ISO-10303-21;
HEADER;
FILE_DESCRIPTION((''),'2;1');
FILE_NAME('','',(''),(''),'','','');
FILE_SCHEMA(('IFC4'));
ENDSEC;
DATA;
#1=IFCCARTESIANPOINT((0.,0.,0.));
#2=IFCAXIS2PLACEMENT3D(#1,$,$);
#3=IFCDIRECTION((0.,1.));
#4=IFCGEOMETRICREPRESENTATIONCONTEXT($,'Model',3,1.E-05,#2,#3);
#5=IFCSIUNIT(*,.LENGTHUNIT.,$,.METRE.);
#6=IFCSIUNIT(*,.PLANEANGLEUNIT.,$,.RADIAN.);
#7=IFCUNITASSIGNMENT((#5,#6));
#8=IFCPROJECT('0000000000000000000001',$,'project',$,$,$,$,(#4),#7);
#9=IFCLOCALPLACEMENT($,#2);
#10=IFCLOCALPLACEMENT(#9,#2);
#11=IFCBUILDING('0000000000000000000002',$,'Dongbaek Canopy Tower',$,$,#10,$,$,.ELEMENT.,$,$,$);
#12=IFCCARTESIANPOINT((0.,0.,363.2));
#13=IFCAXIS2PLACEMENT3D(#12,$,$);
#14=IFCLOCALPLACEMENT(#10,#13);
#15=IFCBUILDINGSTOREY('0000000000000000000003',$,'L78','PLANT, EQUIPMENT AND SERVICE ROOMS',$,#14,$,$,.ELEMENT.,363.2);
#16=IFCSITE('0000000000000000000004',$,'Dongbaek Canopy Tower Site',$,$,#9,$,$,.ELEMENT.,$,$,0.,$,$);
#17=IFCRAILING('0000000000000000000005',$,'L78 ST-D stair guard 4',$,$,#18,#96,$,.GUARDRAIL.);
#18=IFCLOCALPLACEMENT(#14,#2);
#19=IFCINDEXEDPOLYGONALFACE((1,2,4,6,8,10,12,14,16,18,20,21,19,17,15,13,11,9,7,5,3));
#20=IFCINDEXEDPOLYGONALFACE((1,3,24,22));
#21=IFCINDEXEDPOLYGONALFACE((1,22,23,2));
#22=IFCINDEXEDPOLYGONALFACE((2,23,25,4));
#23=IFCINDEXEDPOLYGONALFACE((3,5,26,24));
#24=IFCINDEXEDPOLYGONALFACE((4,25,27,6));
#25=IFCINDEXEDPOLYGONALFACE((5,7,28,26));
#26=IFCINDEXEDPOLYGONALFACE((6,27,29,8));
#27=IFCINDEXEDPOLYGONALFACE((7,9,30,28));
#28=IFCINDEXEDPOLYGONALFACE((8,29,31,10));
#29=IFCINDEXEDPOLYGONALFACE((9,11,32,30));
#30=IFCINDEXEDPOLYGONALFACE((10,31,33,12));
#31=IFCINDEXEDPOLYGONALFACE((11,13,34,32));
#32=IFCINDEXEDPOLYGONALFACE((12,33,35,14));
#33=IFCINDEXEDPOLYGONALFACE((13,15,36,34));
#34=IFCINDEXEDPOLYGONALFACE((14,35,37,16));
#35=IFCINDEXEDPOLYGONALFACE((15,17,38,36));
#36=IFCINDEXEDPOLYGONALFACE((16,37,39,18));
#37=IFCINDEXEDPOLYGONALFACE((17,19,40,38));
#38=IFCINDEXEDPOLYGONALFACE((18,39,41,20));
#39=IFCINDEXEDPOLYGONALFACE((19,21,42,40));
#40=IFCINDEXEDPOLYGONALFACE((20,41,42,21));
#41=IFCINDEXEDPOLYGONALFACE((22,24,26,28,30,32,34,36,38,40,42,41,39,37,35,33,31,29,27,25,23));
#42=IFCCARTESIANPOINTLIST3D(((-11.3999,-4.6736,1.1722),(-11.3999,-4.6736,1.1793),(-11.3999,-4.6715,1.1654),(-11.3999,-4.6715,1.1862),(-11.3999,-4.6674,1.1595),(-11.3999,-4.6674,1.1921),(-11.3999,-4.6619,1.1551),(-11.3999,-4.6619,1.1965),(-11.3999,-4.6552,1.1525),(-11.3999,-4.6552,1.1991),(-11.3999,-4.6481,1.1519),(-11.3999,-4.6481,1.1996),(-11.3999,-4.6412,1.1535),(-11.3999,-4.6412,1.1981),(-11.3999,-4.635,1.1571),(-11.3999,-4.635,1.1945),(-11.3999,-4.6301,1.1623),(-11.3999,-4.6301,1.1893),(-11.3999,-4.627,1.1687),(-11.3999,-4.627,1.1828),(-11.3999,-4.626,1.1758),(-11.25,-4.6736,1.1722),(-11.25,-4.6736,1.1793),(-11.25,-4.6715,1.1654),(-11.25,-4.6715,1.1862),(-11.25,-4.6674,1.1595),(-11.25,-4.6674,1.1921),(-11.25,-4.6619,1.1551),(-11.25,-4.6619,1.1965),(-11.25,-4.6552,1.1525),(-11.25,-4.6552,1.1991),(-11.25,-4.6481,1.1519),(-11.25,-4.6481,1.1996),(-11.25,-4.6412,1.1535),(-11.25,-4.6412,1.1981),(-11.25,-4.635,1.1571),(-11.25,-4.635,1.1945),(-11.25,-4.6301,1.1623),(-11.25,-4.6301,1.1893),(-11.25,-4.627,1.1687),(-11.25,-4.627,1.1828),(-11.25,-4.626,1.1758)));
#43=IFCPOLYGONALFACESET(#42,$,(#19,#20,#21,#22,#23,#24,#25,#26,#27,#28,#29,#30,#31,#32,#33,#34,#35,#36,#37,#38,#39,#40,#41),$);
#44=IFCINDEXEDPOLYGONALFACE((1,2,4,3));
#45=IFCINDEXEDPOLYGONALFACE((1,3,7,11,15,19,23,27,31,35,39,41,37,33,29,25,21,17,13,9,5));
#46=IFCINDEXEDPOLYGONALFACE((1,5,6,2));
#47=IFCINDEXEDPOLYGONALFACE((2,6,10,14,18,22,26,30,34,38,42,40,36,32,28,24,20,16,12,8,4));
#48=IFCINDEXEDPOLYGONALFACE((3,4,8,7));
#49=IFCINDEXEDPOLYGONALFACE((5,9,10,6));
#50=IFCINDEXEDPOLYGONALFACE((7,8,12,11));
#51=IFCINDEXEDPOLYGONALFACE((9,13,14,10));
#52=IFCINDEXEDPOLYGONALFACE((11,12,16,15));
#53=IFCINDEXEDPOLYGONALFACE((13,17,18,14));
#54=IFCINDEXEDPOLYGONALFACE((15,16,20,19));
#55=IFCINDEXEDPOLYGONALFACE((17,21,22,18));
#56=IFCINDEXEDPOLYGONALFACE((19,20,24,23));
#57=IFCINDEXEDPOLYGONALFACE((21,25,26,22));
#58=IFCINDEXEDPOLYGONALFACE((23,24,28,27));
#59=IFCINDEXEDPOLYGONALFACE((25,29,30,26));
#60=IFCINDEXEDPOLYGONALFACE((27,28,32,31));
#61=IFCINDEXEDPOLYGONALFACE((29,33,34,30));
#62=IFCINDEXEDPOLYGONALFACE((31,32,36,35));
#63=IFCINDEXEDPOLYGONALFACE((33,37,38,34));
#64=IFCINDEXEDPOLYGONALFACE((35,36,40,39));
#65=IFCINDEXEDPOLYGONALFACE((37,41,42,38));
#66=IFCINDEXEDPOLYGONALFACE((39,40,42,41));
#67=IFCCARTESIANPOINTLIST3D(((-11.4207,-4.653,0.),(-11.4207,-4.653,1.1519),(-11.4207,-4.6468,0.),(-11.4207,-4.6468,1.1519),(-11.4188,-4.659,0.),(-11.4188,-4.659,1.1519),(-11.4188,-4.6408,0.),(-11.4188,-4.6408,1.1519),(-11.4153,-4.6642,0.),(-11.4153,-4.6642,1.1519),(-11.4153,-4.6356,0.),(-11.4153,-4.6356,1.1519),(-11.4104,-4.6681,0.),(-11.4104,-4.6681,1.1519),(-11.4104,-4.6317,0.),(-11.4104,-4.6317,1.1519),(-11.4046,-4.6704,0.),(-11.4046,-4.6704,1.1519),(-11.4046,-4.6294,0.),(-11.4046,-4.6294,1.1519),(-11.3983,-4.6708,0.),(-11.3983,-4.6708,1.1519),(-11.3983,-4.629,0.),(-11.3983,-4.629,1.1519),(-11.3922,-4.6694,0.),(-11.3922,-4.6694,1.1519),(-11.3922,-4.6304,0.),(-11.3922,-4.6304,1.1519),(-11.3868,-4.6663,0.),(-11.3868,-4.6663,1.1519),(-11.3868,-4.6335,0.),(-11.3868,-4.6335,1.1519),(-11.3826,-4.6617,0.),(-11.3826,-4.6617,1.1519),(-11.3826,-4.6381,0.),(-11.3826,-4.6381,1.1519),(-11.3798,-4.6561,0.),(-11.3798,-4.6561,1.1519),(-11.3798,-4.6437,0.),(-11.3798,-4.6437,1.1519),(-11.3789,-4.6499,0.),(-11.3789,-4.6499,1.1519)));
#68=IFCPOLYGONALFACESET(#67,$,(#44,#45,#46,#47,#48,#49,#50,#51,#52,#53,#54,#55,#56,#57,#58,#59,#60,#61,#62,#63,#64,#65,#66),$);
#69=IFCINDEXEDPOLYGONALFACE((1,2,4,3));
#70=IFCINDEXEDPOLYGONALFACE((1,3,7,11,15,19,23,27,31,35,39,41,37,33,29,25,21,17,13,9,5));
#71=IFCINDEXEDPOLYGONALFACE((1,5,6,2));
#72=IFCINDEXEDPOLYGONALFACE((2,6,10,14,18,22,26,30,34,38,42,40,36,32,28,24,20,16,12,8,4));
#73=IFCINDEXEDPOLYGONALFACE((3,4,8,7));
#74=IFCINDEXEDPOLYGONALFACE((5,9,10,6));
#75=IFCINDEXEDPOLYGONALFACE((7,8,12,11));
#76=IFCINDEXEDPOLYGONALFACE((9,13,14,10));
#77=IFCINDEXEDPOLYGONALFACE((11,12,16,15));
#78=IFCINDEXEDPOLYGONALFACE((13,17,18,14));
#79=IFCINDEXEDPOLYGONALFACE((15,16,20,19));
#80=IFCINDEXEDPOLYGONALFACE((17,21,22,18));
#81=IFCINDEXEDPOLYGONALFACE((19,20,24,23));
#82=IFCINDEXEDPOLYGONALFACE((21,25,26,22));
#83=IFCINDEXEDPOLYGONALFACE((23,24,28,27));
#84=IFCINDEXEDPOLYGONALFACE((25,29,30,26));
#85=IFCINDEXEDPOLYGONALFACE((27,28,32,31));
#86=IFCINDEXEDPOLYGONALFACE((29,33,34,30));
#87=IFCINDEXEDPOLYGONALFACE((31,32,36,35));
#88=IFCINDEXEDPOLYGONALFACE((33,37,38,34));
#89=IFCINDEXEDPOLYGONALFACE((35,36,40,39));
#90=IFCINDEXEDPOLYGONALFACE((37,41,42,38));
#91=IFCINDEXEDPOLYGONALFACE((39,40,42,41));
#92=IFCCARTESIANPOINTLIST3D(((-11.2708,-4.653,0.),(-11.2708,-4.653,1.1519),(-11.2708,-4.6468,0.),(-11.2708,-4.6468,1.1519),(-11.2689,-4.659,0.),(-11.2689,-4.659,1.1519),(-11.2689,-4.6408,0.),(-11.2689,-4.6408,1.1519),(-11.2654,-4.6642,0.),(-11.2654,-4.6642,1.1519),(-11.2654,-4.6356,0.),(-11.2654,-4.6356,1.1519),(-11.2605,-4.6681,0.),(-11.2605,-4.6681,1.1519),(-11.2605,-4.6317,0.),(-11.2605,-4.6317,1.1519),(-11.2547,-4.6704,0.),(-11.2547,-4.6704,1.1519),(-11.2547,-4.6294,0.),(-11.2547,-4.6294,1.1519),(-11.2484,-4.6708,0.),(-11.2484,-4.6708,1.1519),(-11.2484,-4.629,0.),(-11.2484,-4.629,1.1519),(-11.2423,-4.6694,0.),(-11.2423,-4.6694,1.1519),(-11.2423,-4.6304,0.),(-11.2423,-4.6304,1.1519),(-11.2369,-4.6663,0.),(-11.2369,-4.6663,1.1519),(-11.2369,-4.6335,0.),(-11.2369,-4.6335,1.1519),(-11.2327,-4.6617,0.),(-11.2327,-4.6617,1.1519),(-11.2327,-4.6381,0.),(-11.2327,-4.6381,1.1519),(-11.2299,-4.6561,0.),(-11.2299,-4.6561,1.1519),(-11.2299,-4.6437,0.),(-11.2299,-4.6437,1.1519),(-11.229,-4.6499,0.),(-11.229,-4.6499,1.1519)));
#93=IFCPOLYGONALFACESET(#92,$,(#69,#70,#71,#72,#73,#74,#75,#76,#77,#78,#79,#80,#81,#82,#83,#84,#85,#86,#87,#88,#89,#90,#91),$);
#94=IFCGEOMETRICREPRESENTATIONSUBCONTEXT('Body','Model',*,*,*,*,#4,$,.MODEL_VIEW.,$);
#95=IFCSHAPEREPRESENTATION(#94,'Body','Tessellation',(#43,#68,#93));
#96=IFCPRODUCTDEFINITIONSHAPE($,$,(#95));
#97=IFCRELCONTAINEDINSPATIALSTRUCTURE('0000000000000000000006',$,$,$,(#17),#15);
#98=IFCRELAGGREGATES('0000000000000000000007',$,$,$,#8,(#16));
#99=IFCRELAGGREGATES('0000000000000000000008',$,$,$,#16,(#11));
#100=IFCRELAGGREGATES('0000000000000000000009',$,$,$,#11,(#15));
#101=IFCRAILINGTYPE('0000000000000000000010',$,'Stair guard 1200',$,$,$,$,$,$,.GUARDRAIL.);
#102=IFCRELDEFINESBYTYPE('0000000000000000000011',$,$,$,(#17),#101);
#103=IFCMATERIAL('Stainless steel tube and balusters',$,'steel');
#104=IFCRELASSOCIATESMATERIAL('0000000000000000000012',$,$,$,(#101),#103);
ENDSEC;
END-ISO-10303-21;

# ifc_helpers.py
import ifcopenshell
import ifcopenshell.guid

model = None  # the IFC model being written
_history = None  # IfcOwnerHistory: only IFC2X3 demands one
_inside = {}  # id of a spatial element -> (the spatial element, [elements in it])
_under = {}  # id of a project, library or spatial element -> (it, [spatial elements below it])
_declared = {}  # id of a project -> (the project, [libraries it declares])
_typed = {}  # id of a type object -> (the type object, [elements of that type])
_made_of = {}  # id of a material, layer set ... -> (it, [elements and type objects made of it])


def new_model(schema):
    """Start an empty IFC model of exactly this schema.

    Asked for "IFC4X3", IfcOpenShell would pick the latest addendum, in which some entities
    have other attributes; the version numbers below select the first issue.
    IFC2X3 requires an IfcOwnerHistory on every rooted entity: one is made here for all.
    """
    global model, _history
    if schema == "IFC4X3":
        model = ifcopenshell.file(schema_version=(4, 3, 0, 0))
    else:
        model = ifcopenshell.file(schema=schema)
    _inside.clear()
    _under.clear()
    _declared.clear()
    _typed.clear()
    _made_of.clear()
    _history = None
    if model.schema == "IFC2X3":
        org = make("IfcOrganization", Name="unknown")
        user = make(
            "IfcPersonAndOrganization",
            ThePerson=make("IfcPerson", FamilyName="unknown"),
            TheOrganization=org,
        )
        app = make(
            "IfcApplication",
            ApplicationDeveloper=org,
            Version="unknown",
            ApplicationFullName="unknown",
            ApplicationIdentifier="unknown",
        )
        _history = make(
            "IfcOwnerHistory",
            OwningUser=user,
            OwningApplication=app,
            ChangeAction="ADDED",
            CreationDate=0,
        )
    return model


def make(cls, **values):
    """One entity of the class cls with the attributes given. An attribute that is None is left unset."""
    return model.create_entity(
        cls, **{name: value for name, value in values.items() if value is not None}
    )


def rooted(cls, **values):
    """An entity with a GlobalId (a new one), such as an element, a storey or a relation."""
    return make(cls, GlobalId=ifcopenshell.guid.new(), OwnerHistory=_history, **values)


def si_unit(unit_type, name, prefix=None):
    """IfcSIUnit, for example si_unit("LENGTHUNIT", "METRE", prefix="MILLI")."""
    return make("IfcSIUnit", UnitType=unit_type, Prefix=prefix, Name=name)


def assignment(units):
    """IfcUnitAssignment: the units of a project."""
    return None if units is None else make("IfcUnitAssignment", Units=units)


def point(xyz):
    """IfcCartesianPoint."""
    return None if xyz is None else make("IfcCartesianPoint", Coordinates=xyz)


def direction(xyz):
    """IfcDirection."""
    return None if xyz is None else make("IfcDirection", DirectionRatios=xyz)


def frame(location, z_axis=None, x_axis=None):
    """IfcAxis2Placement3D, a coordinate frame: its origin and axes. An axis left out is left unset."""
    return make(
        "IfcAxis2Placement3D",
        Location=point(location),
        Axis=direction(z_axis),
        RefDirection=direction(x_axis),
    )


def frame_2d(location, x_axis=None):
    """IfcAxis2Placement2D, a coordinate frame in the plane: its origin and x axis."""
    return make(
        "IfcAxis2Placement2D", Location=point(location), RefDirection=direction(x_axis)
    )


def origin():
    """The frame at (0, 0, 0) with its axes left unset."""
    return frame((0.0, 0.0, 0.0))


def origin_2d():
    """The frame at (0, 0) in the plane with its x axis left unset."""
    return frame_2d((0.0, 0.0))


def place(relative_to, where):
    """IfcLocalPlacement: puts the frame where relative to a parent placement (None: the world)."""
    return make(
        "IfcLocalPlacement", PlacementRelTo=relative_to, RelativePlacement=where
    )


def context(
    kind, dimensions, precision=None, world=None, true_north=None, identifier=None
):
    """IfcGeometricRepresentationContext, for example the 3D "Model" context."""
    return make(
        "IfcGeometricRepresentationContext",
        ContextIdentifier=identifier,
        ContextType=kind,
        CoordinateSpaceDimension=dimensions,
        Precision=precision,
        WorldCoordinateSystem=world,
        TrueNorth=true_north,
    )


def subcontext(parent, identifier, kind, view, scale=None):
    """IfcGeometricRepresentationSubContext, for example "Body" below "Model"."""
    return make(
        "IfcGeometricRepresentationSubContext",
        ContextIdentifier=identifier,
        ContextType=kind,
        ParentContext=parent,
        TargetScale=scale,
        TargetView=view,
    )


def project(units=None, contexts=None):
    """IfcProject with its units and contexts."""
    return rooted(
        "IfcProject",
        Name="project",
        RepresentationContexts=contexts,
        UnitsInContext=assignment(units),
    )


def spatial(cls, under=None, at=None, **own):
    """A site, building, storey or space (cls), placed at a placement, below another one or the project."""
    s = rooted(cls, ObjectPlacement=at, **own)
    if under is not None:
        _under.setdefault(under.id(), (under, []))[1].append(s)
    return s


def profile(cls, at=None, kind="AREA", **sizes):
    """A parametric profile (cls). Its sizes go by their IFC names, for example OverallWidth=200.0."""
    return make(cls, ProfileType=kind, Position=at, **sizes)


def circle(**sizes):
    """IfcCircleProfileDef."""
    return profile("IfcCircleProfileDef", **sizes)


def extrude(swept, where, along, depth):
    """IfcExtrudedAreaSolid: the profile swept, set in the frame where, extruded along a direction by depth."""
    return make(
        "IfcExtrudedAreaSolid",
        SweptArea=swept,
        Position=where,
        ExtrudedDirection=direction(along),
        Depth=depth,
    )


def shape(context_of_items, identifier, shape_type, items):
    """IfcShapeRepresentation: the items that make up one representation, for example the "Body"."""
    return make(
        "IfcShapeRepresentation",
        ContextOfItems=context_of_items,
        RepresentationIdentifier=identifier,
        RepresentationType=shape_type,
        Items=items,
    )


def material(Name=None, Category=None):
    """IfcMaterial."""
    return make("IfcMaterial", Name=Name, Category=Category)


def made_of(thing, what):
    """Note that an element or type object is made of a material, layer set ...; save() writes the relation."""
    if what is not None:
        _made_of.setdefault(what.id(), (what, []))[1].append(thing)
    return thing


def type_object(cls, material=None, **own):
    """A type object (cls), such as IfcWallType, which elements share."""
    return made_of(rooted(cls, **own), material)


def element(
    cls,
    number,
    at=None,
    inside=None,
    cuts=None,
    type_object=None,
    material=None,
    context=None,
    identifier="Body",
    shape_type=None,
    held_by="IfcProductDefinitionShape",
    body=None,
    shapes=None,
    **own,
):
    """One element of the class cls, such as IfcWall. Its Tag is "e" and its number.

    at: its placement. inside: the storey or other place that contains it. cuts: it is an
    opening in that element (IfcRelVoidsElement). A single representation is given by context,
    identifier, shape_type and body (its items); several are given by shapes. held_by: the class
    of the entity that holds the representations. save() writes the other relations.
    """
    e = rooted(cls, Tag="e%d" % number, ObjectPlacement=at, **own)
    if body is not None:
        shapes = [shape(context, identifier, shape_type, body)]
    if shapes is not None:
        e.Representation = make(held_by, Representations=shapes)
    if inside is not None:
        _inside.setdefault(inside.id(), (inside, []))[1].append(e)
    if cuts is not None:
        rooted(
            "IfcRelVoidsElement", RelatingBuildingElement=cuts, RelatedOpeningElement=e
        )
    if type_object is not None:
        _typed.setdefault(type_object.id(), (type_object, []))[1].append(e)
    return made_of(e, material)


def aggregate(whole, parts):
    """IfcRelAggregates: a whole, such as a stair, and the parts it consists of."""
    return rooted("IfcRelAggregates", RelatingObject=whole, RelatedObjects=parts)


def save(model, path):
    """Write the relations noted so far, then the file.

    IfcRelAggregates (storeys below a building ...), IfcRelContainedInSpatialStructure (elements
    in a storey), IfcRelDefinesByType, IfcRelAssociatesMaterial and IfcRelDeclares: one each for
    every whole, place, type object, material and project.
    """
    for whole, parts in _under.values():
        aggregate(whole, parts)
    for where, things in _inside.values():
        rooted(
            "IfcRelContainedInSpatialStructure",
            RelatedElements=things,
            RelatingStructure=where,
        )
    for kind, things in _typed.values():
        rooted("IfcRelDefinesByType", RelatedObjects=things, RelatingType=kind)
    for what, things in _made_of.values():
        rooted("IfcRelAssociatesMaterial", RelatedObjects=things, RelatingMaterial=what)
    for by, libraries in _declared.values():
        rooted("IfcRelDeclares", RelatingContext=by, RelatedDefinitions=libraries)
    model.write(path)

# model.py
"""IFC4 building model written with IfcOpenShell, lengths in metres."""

from ifc_helpers import new_model, si_unit, direction, frame, origin, origin_2d, place, context, subcontext, project, spatial, circle, extrude, material, type_object, element, save


model = new_model("IFC4")

# Units and contexts
model_context = context("Model", 3, precision=1e-05, world=origin(), true_north=direction((0.0, 1.0)))
body_context = subcontext(model_context, "Body", "Model", "MODEL_VIEW")
ifc_project = project(units=[si_unit("LENGTHUNIT", "METRE"), si_unit("PLANEANGLEUNIT", "RADIAN")], contexts=[model_context])

# Site, building, storey
site_placement = place(None, origin())
site = spatial("IfcSite", under=ifc_project, at=site_placement, Name="Dongbaek Canopy Tower Site", CompositionType="ELEMENT", RefElevation=0.0)
building_placement = place(site_placement, origin())
building = spatial("IfcBuilding", under=site, at=building_placement, Name="Dongbaek Canopy Tower", CompositionType="ELEMENT")
storey_placement = place(building_placement, frame((0.0, 0.0, 363.2)))
storey = spatial("IfcBuildingStorey", under=building, at=storey_placement, Name="L78", Description="PLANT, EQUIPMENT AND SERVICE ROOMS", CompositionType="ELEMENT", Elevation=363.2)

# Railing
ifc_material_1 = material(Name="Stainless steel tube and balusters", Category="steel")
railing_type_1 = type_object("IfcRailingType", Name="Stair guard 1200", PredefinedType="GUARDRAIL", material=ifc_material_1)
railing_1_placement = place(storey_placement, frame((-11.3999, -4.6499, 0.0)))
element("IfcRailing", 1, at=railing_1_placement, inside=storey, type_object=railing_type_1, Name="L78 ST-D stair guard 4", PredefinedType="GUARDRAIL", context=body_context, shape_type="SweptSolid", body=[
    extrude(circle(Radius=0.0239, at=origin_2d()), frame((0.0, 0.0, 1.1758), z_axis=(1.0, 0.0, 0.0), x_axis=(0.0, 1.0, 0.0)), (0.0, 0.0, 1.0), 0.1499),
    extrude(circle(Radius=0.021, at=origin_2d()), origin(), (0.0, 0.0, 1.0), 1.1519),
    extrude(circle(Radius=0.021, at=origin_2d()), frame((0.1499, 0.0, 0.0)), (0.0, 0.0, 1.0), 1.1519),
])

save(model, "model.ifc")
